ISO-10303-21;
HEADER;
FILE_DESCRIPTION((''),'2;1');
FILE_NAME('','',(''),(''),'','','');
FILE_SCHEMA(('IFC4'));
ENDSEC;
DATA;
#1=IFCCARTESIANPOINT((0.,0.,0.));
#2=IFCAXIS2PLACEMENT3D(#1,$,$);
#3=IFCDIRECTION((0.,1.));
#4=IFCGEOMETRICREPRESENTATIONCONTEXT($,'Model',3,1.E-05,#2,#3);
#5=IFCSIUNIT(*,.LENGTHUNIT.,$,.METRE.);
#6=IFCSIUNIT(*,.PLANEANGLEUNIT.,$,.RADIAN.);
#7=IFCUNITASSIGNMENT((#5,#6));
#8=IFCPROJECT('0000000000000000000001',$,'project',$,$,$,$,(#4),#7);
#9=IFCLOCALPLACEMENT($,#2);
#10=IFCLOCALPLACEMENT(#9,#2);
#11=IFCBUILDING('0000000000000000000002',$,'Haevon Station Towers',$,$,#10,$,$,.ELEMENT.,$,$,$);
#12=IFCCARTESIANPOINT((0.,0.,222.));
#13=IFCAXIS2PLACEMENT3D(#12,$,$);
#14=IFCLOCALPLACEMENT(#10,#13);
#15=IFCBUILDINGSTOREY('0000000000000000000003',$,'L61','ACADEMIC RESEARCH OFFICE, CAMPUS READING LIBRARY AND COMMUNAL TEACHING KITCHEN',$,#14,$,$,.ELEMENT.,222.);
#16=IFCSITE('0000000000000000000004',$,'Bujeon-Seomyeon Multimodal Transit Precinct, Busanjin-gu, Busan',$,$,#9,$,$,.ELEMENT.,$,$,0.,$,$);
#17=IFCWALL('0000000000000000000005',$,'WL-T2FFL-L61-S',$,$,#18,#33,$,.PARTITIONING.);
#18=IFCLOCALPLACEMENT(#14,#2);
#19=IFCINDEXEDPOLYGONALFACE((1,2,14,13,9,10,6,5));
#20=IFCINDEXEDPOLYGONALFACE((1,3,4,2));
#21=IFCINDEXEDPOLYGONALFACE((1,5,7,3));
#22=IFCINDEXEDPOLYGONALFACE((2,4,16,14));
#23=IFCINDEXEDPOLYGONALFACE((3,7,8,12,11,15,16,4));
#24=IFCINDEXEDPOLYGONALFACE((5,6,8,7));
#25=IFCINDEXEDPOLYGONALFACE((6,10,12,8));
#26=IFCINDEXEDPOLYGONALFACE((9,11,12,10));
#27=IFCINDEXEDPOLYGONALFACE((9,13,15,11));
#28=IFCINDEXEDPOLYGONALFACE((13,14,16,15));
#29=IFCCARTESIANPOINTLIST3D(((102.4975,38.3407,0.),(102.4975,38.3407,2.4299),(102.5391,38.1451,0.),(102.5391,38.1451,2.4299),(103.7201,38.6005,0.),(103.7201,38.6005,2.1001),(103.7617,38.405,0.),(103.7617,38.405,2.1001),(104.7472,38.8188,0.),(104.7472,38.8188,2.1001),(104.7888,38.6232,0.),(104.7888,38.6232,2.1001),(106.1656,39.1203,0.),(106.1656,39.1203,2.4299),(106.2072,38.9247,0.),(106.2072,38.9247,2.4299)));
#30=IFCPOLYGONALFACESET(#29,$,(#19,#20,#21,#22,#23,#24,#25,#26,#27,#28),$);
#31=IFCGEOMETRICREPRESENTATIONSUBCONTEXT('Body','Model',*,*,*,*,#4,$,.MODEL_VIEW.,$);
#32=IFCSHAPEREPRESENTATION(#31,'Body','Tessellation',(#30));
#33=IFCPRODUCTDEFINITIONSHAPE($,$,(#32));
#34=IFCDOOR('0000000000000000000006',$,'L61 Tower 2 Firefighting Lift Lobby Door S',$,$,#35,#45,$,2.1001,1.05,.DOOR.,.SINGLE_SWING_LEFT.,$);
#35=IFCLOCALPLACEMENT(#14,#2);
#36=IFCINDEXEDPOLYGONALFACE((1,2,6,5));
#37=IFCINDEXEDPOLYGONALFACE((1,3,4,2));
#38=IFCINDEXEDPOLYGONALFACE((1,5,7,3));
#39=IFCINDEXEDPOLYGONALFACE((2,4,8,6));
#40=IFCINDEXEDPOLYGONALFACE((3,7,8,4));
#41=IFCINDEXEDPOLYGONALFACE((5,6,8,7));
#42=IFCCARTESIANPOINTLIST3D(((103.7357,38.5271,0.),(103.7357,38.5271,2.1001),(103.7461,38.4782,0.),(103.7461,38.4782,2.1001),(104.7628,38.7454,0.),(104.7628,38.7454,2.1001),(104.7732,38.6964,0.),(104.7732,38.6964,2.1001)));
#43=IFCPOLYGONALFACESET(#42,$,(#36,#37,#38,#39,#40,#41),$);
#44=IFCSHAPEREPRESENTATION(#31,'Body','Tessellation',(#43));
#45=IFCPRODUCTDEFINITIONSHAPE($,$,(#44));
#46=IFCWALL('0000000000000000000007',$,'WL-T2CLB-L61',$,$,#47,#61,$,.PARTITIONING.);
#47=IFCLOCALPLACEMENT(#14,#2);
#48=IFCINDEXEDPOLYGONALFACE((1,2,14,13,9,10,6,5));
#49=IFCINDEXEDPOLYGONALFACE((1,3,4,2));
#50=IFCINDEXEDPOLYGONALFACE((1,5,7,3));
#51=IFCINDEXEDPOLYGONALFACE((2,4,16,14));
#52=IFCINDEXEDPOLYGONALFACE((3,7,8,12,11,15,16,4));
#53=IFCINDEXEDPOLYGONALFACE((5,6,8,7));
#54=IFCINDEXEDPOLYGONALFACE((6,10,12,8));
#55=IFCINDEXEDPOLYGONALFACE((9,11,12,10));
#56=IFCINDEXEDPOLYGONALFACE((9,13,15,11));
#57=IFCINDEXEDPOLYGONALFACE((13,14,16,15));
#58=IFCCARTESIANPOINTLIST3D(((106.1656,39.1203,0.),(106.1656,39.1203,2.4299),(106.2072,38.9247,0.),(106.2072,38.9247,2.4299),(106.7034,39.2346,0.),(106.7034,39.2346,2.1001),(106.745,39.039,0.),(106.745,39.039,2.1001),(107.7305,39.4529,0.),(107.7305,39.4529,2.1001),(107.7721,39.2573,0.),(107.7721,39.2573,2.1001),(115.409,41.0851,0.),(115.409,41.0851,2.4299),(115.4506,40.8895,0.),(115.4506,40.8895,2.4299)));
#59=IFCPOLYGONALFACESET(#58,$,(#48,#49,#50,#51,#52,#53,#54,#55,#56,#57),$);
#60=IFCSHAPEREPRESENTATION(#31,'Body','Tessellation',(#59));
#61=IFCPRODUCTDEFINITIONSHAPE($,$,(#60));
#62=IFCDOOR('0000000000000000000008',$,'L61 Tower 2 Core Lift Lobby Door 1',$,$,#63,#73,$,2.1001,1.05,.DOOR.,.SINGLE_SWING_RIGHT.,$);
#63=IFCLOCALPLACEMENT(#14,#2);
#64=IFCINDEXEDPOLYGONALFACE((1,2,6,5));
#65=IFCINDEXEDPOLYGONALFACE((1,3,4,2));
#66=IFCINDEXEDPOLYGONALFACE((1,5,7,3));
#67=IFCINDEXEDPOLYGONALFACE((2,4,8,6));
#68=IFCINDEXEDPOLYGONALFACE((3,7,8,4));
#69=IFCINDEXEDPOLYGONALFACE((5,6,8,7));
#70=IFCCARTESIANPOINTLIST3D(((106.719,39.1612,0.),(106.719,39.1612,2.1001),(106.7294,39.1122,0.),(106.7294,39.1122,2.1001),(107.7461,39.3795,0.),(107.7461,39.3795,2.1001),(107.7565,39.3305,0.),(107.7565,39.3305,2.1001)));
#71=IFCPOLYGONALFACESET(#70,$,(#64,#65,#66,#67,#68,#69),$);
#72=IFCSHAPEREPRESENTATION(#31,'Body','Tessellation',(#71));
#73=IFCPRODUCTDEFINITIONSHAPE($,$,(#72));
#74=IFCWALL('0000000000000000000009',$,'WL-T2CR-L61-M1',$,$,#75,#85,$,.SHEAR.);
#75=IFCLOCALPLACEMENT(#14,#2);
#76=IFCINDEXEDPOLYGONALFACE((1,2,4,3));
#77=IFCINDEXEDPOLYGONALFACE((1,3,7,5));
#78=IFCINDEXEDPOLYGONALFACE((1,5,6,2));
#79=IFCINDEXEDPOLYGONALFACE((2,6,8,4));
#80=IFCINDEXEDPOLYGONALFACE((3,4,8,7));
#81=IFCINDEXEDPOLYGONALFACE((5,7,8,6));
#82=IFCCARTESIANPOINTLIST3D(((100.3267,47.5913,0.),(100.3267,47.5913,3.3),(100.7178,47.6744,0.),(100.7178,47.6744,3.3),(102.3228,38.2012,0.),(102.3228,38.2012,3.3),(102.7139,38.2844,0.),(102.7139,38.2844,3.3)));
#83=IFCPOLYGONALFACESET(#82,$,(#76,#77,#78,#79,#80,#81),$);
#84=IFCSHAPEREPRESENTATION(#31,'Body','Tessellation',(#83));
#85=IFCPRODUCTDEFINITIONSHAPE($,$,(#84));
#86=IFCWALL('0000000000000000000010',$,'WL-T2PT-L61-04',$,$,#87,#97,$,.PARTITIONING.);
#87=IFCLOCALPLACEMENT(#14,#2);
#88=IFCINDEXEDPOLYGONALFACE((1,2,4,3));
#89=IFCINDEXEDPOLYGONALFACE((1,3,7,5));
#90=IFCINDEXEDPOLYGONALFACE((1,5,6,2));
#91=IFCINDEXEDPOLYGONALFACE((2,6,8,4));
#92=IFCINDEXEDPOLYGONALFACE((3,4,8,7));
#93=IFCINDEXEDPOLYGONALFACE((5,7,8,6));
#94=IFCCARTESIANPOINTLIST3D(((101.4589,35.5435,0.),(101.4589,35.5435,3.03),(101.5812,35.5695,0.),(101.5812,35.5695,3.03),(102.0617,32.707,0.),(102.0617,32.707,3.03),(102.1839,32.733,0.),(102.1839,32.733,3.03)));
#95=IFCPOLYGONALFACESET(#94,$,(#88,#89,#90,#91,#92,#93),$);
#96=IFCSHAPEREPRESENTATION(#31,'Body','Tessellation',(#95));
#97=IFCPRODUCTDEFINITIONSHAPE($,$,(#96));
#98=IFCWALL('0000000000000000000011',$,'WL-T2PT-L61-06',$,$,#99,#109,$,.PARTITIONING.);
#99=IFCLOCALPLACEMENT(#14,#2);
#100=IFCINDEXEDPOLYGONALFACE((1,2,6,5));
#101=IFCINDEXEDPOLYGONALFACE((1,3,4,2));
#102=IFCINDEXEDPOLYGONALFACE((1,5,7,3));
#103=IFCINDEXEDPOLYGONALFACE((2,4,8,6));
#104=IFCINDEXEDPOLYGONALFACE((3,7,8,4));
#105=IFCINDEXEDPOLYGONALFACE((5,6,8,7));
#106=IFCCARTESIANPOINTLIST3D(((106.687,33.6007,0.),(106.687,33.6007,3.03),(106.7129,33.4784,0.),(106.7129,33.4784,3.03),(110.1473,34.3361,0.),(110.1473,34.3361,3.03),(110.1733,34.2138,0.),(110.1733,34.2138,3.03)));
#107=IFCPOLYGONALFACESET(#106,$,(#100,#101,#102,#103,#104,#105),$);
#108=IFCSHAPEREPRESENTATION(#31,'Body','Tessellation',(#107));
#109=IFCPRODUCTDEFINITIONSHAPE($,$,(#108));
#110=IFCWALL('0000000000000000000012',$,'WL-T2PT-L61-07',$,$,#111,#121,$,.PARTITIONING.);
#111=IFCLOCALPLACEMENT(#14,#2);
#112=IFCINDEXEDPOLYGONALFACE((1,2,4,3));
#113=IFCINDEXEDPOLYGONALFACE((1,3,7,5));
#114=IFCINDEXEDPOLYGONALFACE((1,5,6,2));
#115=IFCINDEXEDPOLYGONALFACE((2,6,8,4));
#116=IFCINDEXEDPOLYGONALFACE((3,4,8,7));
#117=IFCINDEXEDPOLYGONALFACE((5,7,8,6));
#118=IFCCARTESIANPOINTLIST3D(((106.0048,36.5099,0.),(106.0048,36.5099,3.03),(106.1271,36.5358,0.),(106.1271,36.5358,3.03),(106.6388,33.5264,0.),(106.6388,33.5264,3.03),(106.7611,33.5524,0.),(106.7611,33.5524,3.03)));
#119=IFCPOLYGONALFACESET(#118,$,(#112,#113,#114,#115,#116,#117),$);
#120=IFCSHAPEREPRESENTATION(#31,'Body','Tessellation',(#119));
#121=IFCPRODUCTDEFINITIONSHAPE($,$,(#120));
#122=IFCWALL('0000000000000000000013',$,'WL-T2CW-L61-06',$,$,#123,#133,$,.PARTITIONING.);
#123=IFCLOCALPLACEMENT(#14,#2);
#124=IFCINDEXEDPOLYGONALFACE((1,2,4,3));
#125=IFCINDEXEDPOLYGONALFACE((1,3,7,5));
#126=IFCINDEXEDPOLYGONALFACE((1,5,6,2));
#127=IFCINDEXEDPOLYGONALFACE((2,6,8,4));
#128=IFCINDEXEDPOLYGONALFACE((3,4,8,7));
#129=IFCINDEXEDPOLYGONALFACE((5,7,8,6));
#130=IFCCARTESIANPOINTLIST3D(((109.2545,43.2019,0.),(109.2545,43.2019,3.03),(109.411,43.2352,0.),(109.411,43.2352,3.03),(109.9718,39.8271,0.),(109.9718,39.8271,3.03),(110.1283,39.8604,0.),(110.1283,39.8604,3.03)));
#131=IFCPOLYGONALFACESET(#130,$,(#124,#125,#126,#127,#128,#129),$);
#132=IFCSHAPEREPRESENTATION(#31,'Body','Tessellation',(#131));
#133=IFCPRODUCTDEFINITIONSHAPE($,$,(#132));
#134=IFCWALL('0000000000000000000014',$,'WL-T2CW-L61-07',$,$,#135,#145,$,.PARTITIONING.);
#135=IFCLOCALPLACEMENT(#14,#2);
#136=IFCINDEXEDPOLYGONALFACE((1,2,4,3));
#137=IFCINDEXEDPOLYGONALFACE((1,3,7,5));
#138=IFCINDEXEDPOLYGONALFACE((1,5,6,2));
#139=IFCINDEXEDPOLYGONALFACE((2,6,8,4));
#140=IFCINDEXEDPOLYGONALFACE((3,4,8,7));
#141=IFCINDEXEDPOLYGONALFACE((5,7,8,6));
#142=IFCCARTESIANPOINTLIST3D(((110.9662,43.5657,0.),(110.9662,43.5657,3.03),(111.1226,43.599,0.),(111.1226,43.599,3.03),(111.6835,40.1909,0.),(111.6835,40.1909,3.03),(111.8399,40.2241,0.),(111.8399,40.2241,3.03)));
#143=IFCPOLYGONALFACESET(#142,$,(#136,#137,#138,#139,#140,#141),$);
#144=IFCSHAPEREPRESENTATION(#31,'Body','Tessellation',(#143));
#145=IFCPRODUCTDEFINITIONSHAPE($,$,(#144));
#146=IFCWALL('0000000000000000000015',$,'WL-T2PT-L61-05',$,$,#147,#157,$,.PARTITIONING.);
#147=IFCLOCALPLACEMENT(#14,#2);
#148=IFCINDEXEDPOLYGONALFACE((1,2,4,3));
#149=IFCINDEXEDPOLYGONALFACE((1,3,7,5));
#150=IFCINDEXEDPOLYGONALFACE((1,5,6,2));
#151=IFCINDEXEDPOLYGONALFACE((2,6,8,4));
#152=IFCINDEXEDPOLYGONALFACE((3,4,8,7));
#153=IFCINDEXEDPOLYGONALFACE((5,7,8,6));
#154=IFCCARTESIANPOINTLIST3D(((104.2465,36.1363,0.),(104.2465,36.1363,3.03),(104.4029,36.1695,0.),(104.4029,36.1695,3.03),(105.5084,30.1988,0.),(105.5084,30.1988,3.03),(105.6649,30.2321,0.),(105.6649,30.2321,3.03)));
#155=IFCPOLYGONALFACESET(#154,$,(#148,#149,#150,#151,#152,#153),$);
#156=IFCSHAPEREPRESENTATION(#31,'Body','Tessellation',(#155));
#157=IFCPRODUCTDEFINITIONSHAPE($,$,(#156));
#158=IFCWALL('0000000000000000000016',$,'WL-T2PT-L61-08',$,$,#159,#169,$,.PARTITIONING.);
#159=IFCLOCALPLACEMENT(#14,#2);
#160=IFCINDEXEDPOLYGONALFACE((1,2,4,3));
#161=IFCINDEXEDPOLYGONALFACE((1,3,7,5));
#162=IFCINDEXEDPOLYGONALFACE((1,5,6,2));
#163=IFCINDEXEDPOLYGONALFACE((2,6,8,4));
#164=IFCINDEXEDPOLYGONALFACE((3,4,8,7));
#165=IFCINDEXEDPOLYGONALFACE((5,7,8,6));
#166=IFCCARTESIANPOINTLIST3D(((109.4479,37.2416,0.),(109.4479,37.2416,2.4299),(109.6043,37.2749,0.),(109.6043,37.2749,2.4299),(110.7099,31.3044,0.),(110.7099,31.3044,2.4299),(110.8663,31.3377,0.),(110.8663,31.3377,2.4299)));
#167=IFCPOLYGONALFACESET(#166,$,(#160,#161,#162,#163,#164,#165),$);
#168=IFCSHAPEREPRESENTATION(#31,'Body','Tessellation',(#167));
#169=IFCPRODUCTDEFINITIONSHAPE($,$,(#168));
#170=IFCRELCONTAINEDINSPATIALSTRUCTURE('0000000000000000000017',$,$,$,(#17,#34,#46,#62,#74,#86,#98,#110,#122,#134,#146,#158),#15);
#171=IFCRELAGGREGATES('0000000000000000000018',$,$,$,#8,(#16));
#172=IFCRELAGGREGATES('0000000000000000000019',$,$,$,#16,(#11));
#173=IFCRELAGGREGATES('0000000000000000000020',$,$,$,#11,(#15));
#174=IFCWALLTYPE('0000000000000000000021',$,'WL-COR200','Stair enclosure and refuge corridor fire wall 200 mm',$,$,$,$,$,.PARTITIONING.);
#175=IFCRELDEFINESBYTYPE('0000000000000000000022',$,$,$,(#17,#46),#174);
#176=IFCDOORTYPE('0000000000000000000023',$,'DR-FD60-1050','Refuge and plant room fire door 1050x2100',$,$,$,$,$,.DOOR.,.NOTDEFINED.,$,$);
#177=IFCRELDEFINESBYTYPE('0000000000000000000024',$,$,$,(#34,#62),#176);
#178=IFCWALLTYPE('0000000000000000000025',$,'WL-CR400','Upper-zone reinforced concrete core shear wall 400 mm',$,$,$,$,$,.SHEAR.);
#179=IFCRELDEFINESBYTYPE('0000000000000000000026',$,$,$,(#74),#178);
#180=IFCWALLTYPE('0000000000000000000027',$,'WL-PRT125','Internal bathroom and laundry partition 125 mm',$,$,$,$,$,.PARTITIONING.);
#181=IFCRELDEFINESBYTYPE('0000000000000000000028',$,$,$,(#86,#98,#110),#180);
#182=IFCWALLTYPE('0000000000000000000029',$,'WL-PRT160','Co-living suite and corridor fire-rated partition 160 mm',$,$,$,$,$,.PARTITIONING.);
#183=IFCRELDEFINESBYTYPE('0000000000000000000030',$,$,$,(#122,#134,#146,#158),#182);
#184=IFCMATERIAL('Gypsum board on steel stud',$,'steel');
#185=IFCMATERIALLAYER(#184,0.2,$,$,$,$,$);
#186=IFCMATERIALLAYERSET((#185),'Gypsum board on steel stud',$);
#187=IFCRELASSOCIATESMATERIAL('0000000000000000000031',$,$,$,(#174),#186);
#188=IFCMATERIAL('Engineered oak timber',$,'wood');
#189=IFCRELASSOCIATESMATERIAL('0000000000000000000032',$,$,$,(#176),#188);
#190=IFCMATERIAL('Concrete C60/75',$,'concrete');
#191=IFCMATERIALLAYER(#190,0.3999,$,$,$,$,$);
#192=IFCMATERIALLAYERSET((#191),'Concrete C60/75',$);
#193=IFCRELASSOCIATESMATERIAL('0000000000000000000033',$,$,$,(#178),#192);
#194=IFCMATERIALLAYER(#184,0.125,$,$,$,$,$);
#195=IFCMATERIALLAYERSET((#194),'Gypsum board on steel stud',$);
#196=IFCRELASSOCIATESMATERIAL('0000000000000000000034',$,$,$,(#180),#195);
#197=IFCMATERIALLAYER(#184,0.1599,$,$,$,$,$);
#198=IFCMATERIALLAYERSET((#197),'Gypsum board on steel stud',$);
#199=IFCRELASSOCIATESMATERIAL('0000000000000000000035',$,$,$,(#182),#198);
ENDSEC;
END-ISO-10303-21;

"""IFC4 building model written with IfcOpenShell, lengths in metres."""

from ifc_helpers import new_model, si_unit, direction, frame, frame_2d, origin, place, context, subcontext, project, spatial, rectangle, extrude, material, layer, layer_set, type_object, element, fill, save


model = new_model("IFC4")

# Units and contexts
model_context = context("Model", 3, precision=1e-05, world=origin(), true_north=direction((0.0, 1.0)))
body_context = subcontext(model_context, "Body", "Model", "MODEL_VIEW")
ifc_project = project(units=[si_unit("LENGTHUNIT", "METRE"), si_unit("PLANEANGLEUNIT", "RADIAN")], contexts=[model_context])

# Site, building, storey
site_placement = place(None, origin())
site = spatial("IfcSite", under=ifc_project, at=site_placement, Name="Bujeon-Seomyeon Multimodal Transit Precinct, Busanjin-gu, Busan", CompositionType="ELEMENT", RefElevation=0.0)
building_placement = place(site_placement, origin())
building = spatial("IfcBuilding", under=site, at=building_placement, Name="Haevon Station Towers", CompositionType="ELEMENT")
storey_placement = place(building_placement, frame((0.0, 0.0, 222.0)))
storey = spatial("IfcBuildingStorey", under=building, at=storey_placement, Name="L61", Description="ACADEMIC RESEARCH OFFICE, CAMPUS READING LIBRARY AND COMMUNAL TEACHING KITCHEN", CompositionType="ELEMENT", Elevation=222.0)

# Walls, openings, doors
ifc_material_1 = material(Name="Gypsum board on steel stud", Category="steel")
ifc_layer_1 = layer(ifc_material_1, 0.2)
ifc_layer_set_1 = layer_set([ifc_layer_1], Name="Gypsum board on steel stud")
wall_type_1 = type_object("IfcWallType", Name="WL-COR200", Description="Stair enclosure and refuge corridor fire wall 200 mm", PredefinedType="PARTITIONING", material=ifc_layer_set_1)
ifc_material_2 = material(Name="Engineered oak timber", Category="wood")
door_type = type_object("IfcDoorType", Name="DR-FD60-1050", Description="Refuge and plant room fire door 1050x2100", OperationType="NOTDEFINED", PredefinedType="DOOR", material=ifc_material_2)
wall_1_placement = place(storey_placement, frame((102.5183, 38.2429, 0.0), z_axis=(0.0, 0.0, 1.0), x_axis=(0.978154, 0.207884, 0.0)))
wall_1 = element("IfcWall", 1, at=wall_1_placement, inside=storey, type_object=wall_type_1, Name="WL-T2FFL-L61-S", PredefinedType="PARTITIONING", context=body_context, shape_type="SweptSolid", body=[
    extrude(rectangle(XDim=3.75, YDim=0.2, at=frame_2d((1.875, 0.0))), origin(), (0.0, 0.0, 1.0), 2.4299),
])
opening_1_placement = place(wall_1_placement, frame((1.25, 0.0, 0.0)))
opening_1 = element("IfcOpeningElement", 2, at=opening_1_placement, cuts=wall_1, PredefinedType="OPENING", context=body_context, shape_type="SweptSolid", body=[
    extrude(rectangle(XDim=1.05, YDim=2.1001, at=frame_2d((0.5249, 1.05))), frame((0.0, 0.1099, 0.0), z_axis=(0.0, -1.0, 0.0), x_axis=(1.0, 0.0, 0.0)), (0.0, 0.0, 1.0), 0.22),
])
door_1_placement = place(opening_1_placement, origin())
door_1 = element("IfcDoor", 3, at=door_1_placement, inside=storey, type_object=door_type, Name="L61 Tower 2 Firefighting Lift Lobby Door S", OperationType="SINGLE_SWING_LEFT", OverallHeight=2.1001, OverallWidth=1.05, PredefinedType="DOOR", context=body_context, shape_type="SweptSolid", body=[
    extrude(rectangle(XDim=1.05, YDim=2.1001, at=frame_2d((0.5249, 1.05))), frame((0.0, 0.0249, 0.0), z_axis=(0.0, -1.0, 0.0), x_axis=(1.0, 0.0, 0.0)), (0.0, 0.0, 1.0), 0.05),
])
fill(opening_1, door_1)
wall_2_placement = place(storey_placement, frame((106.1863, 39.0225, 0.0), z_axis=(0.0, 0.0, 1.0), x_axis=(0.978146, 0.207921, 0.0)))
wall_2 = element("IfcWall", 4, at=wall_2_placement, inside=storey, type_object=wall_type_1, Name="WL-T2CLB-L61", PredefinedType="PARTITIONING", context=body_context, shape_type="SweptSolid", body=[
    extrude(rectangle(XDim=9.45, YDim=0.2, at=frame_2d((4.7251, 0.0))), origin(), (0.0, 0.0, 1.0), 2.4299),
])
opening_2_placement = place(wall_2_placement, frame((0.55, 0.0, 0.0)))
opening_2 = element("IfcOpeningElement", 5, at=opening_2_placement, cuts=wall_2, PredefinedType="OPENING", context=body_context, shape_type="SweptSolid", body=[
    extrude(rectangle(XDim=1.05, YDim=2.1001, at=frame_2d((0.5249, 1.05))), frame((0.0, 0.1099, 0.0), z_axis=(0.0, -1.0, 0.0), x_axis=(1.0, 0.0, 0.0)), (0.0, 0.0, 1.0), 0.22),
])
door_2_placement = place(opening_2_placement, origin())
door_2 = element("IfcDoor", 6, at=door_2_placement, inside=storey, type_object=door_type, Name="L61 Tower 2 Core Lift Lobby Door 1", OperationType="SINGLE_SWING_RIGHT", OverallHeight=2.1001, OverallWidth=1.05, PredefinedType="DOOR", context=body_context, shape_type="SweptSolid", body=[
    extrude(rectangle(XDim=1.05, YDim=2.1001, at=frame_2d((0.5249, 1.05))), frame((0.0, 0.0249, 0.0), z_axis=(0.0, -1.0, 0.0), x_axis=(1.0, 0.0, 0.0)), (0.0, 0.0, 1.0), 0.05),
])
fill(opening_2, door_2)

# Walls
ifc_material_3 = material(Name="Concrete C60/75", Category="concrete")
ifc_layer_2 = layer(ifc_material_3, 0.3999)
ifc_layer_set_2 = layer_set([ifc_layer_2], Name="Concrete C60/75")
wall_type_2 = type_object("IfcWallType", Name="WL-CR400", Description="Upper-zone reinforced concrete core shear wall 400 mm", PredefinedType="SHEAR", material=ifc_layer_set_2)
wall_3_placement = place(storey_placement, frame((102.5183, 38.2429, 0.0), z_axis=(0.0, 0.0, 1.0), x_axis=(-0.207927, 0.978144, 0.0)))
element("IfcWall", 7, at=wall_3_placement, inside=storey, type_object=wall_type_2, Name="WL-T2CR-L61-M1", PredefinedType="SHEAR", context=body_context, shape_type="SweptSolid", body=[
    extrude(rectangle(XDim=9.5999, YDim=0.3999, at=frame_2d((4.7998, 0.0))), origin(), (0.0, 0.0, 1.0), 3.3),
])
ifc_layer_3 = layer(ifc_material_1, 0.125)
ifc_layer_set_3 = layer_set([ifc_layer_3], Name="Gypsum board on steel stud")
wall_type_3 = type_object("IfcWallType", Name="WL-PRT125", Description="Internal bathroom and laundry partition 125 mm", PredefinedType="PARTITIONING", material=ifc_layer_set_3)
wall_4_placement = place(storey_placement, frame((102.1228, 32.72, 0.0), z_axis=(0.0, 0.0, 1.0), x_axis=(-0.207856, 0.978159, 0.0)))
element("IfcWall", 8, at=wall_4_placement, inside=storey, type_object=wall_type_3, Name="WL-T2PT-L61-04", PredefinedType="PARTITIONING", context=body_context, shape_type="SweptSolid", body=[
    extrude(rectangle(XDim=2.8999, YDim=0.125, at=frame_2d((1.45, 0.0))), origin(), (0.0, 0.0, 1.0), 3.03),
])
wall_5_placement = place(storey_placement, frame((106.7, 33.5396, 0.0), z_axis=(0.0, 0.0, 1.0), x_axis=(0.978156, 0.207874, 0.0)))
element("IfcWall", 9, at=wall_5_placement, inside=storey, type_object=wall_type_3, Name="WL-T2PT-L61-06", PredefinedType="PARTITIONING", context=body_context, shape_type="SweptSolid", body=[
    extrude(rectangle(XDim=3.5376, YDim=0.125, at=frame_2d((1.7688, 0.0))), origin(), (0.0, 0.0, 1.0), 3.03),
])
wall_6_placement = place(storey_placement, frame((106.7, 33.5396, 0.0), z_axis=(0.0, 0.0, 1.0), x_axis=(-0.207878, 0.978155, 0.0)))
element("IfcWall", 10, at=wall_6_placement, inside=storey, type_object=wall_type_3, Name="WL-T2PT-L61-07", PredefinedType="PARTITIONING", context=body_context, shape_type="SweptSolid", body=[
    extrude(rectangle(XDim=3.05, YDim=0.125, at=frame_2d((1.5249, 0.0))), origin(), (0.0, 0.0, 1.0), 3.03),
])
ifc_layer_4 = layer(ifc_material_1, 0.1599)
ifc_layer_set_4 = layer_set([ifc_layer_4], Name="Gypsum board on steel stud")
wall_type_4 = type_object("IfcWallType", Name="WL-PRT160", Description="Co-living suite and corridor fire-rated partition 160 mm", PredefinedType="PARTITIONING", material=ifc_layer_set_4)
for number, where, z_axis, x_axis, name in (
    (11, (110.05, 39.8438, 0.0), (0.0, 0.0, 1.0), (-0.2079, 0.97815, 0.0), "WL-T2CW-L61-06"),
    (12, (111.7617, 40.2075, 0.0), (0.0, 0.0, 1.0), (-0.2079, 0.97815, 0.0), "WL-T2CW-L61-07"),
):
    element("IfcWall", number, at=place(storey_placement, frame(where, z_axis=z_axis, x_axis=x_axis)), inside=storey, type_object=wall_type_4, Name=name, PredefinedType="PARTITIONING", context=body_context, shape_type="SweptSolid", body=[
        extrude(rectangle(XDim=3.4502, YDim=0.1599, at=frame_2d((1.7251, 0.0))), origin(), (0.0, 0.0, 1.0), 3.03),
    ])
wall_7_placement = place(storey_placement, frame((105.5867, 30.2153, 0.0), z_axis=(0.0, 0.0, 1.0), x_axis=(-0.207897, 0.978151, 0.0)))
element("IfcWall", 13, at=wall_7_placement, inside=storey, type_object=wall_type_4, Name="WL-T2PT-L61-05", PredefinedType="PARTITIONING", context=body_context, shape_type="SweptSolid", body=[
    extrude(rectangle(XDim=6.0701, YDim=0.1599, at=frame_2d((3.0352, 0.0))), origin(), (0.0, 0.0, 1.0), 3.03),
])
wall_8_placement = place(storey_placement, frame((110.7881, 31.321, 0.0), z_axis=(0.0, 0.0, 1.0), x_axis=(-0.207905, 0.978149, 0.0)))
element("IfcWall", 14, at=wall_8_placement, inside=storey, type_object=wall_type_4, Name="WL-T2PT-L61-08", PredefinedType="PARTITIONING", context=body_context, shape_type="SweptSolid", body=[
    extrude(rectangle(XDim=6.0698, YDim=0.1599, at=frame_2d((3.0349, 0.0))), origin(), (0.0, 0.0, 1.0), 2.4299),
])

save(model, "model.ifc")
